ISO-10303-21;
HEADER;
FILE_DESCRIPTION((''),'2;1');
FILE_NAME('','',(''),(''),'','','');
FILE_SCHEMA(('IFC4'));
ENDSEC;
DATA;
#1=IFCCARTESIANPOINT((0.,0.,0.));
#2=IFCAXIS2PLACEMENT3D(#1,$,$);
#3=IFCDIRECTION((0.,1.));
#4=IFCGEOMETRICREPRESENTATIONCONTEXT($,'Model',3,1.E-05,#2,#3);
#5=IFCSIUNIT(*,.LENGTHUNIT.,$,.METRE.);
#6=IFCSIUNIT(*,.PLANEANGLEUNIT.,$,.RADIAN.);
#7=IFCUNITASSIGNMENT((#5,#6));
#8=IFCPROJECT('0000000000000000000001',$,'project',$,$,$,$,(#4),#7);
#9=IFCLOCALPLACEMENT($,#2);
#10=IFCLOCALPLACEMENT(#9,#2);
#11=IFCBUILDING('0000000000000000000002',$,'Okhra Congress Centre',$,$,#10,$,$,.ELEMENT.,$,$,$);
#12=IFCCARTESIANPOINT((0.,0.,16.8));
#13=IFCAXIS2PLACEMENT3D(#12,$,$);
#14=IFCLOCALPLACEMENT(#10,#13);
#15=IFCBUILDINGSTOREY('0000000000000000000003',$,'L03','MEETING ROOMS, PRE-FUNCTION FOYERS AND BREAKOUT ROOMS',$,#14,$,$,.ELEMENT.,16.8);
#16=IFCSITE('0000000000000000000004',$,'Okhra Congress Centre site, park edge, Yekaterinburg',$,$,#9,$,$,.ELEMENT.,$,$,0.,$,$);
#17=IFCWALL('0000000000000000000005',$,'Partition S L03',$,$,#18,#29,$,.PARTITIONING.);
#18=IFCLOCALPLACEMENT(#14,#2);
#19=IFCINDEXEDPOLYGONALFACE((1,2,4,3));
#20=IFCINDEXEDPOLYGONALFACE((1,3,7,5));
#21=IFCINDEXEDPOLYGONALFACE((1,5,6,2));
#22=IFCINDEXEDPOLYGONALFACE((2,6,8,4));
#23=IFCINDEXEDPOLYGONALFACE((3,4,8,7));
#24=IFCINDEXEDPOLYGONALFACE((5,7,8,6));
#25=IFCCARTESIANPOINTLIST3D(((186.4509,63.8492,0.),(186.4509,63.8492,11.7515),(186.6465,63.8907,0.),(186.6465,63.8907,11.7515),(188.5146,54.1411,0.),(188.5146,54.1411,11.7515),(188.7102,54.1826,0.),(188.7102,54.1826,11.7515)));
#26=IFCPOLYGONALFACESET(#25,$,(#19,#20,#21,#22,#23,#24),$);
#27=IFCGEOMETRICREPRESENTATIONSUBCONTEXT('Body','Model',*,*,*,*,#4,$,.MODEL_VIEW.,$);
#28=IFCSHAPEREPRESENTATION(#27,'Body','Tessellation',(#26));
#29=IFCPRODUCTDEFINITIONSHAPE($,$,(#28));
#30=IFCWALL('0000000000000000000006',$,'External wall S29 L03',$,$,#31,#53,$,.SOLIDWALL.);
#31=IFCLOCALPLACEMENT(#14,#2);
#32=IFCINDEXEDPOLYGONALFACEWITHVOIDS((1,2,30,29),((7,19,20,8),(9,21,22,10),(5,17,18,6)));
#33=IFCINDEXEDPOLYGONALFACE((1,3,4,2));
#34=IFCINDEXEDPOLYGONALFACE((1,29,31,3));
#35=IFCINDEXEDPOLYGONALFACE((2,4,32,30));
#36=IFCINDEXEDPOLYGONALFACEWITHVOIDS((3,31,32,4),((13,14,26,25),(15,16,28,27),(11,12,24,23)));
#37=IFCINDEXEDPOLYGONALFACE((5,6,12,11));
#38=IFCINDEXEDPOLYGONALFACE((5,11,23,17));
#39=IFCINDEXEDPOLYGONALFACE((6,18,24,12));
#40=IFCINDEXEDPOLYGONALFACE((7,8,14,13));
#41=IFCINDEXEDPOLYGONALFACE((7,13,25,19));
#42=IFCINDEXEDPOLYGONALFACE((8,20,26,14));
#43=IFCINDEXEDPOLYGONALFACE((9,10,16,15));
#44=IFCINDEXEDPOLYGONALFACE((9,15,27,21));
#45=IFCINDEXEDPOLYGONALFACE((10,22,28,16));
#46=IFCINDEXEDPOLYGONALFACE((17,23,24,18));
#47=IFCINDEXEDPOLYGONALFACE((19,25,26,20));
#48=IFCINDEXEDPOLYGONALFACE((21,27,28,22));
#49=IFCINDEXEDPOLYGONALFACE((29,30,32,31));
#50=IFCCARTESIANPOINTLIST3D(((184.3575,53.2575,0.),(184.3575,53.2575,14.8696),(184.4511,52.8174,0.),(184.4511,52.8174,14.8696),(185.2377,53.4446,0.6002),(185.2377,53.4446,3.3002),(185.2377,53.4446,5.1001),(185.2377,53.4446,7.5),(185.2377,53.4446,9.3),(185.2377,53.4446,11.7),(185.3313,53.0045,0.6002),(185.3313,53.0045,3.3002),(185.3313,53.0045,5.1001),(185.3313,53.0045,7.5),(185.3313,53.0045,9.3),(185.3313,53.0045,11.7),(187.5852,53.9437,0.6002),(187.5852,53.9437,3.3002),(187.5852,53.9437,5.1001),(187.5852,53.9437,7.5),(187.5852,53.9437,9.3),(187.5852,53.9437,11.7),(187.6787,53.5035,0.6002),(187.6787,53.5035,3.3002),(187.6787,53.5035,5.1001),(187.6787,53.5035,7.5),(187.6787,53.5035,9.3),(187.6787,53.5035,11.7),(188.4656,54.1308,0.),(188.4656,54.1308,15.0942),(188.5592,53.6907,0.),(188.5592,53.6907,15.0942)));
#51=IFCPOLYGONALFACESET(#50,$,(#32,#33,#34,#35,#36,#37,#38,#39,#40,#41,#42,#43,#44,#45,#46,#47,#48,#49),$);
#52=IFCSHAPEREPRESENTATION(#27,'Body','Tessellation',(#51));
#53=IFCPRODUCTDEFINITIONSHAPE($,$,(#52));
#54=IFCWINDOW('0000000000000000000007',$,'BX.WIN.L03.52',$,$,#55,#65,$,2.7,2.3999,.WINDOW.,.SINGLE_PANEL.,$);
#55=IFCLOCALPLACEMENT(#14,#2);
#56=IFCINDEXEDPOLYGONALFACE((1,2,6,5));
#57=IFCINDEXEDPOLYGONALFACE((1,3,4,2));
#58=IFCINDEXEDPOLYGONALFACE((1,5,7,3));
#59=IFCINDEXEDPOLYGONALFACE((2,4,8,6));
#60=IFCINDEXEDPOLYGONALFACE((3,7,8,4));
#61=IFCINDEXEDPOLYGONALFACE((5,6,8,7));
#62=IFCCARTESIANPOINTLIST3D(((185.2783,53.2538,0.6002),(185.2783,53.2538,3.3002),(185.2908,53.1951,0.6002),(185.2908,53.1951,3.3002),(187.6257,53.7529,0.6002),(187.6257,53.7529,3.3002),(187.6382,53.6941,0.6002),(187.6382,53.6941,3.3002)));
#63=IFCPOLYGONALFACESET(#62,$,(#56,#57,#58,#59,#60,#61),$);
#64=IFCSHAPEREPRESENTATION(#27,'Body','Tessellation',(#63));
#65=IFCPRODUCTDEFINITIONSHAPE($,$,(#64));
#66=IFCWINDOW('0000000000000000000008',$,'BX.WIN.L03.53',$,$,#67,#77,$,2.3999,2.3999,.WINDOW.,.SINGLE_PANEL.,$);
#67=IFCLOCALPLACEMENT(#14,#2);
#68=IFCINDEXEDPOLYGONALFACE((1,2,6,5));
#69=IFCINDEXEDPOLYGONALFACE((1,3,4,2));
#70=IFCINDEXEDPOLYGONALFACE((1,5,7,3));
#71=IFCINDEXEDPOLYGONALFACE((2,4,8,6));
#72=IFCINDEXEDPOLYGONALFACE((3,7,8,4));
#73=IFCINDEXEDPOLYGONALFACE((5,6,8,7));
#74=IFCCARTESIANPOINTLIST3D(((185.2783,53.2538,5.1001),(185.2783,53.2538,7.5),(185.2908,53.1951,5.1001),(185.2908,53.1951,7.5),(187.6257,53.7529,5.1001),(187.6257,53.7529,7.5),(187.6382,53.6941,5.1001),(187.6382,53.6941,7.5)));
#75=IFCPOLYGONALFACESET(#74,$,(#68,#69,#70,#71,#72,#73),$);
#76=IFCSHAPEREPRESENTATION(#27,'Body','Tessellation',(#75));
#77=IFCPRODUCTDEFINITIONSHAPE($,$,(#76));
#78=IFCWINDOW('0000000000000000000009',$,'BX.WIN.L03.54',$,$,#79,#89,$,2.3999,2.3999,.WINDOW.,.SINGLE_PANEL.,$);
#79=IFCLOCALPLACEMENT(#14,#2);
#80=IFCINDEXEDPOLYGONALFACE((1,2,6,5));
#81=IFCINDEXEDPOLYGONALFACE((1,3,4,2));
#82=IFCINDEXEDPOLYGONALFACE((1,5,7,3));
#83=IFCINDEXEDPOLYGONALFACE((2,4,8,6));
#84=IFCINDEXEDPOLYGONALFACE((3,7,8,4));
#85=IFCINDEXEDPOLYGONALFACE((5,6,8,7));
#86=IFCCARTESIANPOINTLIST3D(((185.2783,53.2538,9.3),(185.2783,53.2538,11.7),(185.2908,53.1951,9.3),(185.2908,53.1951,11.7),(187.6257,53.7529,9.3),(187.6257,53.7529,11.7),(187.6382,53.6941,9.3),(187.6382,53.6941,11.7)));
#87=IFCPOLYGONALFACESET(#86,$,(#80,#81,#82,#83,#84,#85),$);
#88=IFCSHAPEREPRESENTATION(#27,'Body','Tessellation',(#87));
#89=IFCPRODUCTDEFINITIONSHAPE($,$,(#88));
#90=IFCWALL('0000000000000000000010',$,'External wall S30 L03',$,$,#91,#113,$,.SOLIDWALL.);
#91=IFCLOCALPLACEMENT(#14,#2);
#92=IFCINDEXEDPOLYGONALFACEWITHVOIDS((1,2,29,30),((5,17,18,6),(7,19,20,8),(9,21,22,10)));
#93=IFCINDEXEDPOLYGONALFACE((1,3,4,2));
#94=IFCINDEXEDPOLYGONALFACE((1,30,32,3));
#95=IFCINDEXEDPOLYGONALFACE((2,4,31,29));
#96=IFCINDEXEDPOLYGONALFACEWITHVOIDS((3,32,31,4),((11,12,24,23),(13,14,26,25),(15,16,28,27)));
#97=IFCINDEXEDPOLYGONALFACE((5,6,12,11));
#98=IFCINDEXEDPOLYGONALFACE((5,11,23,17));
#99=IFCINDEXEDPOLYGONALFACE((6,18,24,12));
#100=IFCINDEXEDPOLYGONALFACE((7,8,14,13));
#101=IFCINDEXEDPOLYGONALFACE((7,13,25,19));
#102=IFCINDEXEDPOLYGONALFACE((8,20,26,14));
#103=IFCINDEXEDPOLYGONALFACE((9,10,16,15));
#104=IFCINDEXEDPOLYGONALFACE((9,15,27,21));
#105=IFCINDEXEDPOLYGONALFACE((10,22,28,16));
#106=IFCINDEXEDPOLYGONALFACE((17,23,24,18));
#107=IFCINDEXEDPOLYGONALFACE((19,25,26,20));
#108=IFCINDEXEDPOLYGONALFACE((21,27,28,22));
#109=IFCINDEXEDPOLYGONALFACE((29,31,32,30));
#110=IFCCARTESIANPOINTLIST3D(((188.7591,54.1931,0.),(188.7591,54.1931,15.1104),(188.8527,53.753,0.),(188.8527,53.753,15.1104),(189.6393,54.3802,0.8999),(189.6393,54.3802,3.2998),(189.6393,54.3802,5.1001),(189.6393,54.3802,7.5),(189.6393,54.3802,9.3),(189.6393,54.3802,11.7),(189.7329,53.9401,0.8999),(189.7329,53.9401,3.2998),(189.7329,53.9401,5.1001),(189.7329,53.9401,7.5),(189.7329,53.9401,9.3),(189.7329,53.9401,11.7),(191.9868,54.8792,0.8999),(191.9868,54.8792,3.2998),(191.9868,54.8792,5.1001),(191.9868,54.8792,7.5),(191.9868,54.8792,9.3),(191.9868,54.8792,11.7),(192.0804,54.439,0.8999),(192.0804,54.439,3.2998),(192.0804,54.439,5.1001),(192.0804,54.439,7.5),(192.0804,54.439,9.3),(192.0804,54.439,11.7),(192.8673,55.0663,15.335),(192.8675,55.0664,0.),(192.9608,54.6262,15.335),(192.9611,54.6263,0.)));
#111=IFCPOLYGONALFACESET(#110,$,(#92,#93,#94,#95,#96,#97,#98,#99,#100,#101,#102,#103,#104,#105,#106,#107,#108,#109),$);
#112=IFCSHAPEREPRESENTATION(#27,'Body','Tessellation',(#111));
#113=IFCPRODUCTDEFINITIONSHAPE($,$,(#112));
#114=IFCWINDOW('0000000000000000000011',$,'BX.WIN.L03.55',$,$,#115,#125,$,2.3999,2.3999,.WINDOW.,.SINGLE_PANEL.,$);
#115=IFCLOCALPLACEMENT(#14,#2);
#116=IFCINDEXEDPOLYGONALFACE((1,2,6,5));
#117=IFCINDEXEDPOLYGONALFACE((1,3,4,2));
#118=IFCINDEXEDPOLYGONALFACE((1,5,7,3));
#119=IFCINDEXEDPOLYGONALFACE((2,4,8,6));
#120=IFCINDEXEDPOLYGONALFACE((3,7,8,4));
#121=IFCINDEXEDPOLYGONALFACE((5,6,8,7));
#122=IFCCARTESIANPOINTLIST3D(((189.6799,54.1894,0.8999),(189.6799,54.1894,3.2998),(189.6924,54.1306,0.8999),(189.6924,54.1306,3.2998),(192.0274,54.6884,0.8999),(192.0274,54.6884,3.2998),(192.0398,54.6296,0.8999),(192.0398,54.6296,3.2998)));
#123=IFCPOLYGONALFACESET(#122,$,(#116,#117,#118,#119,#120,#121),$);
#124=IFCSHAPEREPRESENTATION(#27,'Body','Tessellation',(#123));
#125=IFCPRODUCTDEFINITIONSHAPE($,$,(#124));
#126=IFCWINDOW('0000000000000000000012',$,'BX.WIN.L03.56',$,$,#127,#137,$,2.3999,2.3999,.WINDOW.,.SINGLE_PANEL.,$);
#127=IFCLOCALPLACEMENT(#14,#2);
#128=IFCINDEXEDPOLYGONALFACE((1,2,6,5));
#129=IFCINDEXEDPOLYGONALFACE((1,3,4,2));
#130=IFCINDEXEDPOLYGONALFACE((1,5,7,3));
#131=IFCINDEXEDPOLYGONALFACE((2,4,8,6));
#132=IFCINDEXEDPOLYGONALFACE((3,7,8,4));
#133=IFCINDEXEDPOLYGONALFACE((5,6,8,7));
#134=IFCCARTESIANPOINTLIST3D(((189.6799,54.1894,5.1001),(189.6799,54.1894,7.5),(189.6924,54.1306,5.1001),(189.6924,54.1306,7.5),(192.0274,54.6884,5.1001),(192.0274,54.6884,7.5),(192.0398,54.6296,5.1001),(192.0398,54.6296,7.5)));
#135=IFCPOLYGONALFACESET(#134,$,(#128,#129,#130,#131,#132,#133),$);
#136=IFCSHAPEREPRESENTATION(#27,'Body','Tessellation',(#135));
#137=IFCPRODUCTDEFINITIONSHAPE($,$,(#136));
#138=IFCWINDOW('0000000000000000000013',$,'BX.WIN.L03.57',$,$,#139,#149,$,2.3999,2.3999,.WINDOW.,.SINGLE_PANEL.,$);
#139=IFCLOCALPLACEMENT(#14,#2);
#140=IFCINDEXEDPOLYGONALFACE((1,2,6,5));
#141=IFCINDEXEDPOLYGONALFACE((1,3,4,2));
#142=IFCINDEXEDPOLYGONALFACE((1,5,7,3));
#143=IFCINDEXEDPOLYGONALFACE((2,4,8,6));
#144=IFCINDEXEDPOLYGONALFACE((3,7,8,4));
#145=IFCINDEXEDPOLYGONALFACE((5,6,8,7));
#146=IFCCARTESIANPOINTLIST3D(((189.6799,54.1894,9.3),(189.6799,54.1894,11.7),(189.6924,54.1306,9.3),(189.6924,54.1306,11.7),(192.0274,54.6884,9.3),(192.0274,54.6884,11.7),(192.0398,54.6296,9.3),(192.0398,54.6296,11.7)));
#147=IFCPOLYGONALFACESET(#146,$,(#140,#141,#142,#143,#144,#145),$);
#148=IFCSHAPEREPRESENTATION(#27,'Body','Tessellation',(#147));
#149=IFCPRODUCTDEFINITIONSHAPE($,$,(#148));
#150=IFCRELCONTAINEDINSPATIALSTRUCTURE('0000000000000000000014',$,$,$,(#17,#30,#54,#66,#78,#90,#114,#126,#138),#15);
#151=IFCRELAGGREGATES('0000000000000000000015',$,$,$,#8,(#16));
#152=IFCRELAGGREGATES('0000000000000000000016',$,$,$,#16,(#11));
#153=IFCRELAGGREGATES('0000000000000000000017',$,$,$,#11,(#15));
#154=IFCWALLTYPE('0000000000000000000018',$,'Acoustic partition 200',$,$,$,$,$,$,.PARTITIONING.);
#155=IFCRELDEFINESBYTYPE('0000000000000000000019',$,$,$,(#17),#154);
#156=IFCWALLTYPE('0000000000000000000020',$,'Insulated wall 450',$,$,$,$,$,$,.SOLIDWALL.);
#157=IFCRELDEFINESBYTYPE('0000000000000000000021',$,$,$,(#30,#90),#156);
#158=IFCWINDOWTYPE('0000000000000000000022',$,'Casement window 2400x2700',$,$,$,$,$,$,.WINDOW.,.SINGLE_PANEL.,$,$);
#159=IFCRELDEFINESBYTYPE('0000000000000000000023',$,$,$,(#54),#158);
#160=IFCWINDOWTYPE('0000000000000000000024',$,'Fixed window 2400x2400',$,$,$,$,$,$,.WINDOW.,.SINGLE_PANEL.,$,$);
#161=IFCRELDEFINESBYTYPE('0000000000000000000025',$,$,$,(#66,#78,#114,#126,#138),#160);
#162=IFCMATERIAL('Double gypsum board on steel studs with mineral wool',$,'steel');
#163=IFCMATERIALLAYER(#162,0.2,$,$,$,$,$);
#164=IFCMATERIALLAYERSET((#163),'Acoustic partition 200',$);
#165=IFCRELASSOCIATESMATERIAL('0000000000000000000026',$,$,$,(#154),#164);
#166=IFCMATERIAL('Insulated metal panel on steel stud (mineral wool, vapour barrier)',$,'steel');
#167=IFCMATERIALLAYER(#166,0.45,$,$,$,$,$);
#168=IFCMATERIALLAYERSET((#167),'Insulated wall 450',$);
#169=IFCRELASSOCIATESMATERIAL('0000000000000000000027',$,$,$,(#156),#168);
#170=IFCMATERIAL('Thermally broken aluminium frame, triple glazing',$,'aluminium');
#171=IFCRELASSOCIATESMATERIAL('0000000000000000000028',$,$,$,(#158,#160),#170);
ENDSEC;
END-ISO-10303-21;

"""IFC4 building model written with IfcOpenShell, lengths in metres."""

from ifc_helpers import new_model, si_unit, direction, frame, frame_2d, origin, place, context, subcontext, project, spatial, polyline, rectangle, outline, extrude, material, layer, layer_set, type_object, element, fill, save


model = new_model("IFC4")

# Units and contexts
model_context = context("Model", 3, precision=1e-05, world=origin(), true_north=direction((0.0, 1.0)))
body_context = subcontext(model_context, "Body", "Model", "MODEL_VIEW")
ifc_project = project(units=[si_unit("LENGTHUNIT", "METRE"), si_unit("PLANEANGLEUNIT", "RADIAN")], contexts=[model_context])

# Site, building, storey
site_placement = place(None, origin())
site = spatial("IfcSite", under=ifc_project, at=site_placement, Name="Okhra Congress Centre site, park edge, Yekaterinburg", CompositionType="ELEMENT", RefElevation=0.0)
building_placement = place(site_placement, origin())
building = spatial("IfcBuilding", under=site, at=building_placement, Name="Okhra Congress Centre", CompositionType="ELEMENT")
storey_placement = place(building_placement, frame((0.0, 0.0, 16.8)))
storey = spatial("IfcBuildingStorey", under=building, at=storey_placement, Name="L03", Description="MEETING ROOMS, PRE-FUNCTION FOYERS AND BREAKOUT ROOMS", CompositionType="ELEMENT", Elevation=16.8)

# Wall
ifc_material_1 = material(Name="Double gypsum board on steel studs with mineral wool", Category="steel")
ifc_layer_1 = layer(ifc_material_1, 0.2)
ifc_layer_set_1 = layer_set([ifc_layer_1], Name="Acoustic partition 200")
wall_type_1 = type_object("IfcWallType", Name="Acoustic partition 200", PredefinedType="PARTITIONING", material=ifc_layer_set_1)
wall_1_placement = place(storey_placement, frame((188.6125, 54.1619, 0.0), z_axis=(0.0, 0.0, 1.0), x_axis=(-0.207933, 0.978143, 0.0)))
element("IfcWall", 1, at=wall_1_placement, inside=storey, type_object=wall_type_1, Name="Partition S L03", PredefinedType="PARTITIONING", context=body_context, shape_type="SweptSolid", body=[
    extrude(outline(polyline([(0.0, 0.0), (9.925, 0.0), (9.925, 11.7515), (0.0, 11.7515), (0.0, 0.0)])), frame((0.0, 0.1001, 0.0), z_axis=(0.0, -1.0, 0.0), x_axis=(1.0, 0.0, 0.0)), (0.0, 0.0, 1.0), 0.2),
])

# Walls, openings, windows
ifc_material_2 = material(Name="Insulated metal panel on steel stud (mineral wool, vapour barrier)", Category="steel")
ifc_layer_2 = layer(ifc_material_2, 0.45)
ifc_layer_set_2 = layer_set([ifc_layer_2], Name="Insulated wall 450")
wall_type_2 = type_object("IfcWallType", Name="Insulated wall 450", PredefinedType="SOLIDWALL", material=ifc_layer_set_2)
wall_2_placement = place(storey_placement, frame((184.4043, 53.0374, 0.0), z_axis=(0.0, 0.0, 1.0), x_axis=(0.978144, 0.207929, 0.0)))
wall_2 = element("IfcWall", 2, at=wall_2_placement, inside=storey, type_object=wall_type_2, Name="External wall S29 L03", PredefinedType="SOLIDWALL", context=body_context, shape_type="SweptSolid", body=[
    extrude(outline(polyline([(0.0, 0.0), (4.2, 0.0), (4.2, 15.0942), (0.0, 14.8696), (0.0, 0.0)])), frame((0.0, 0.2251, 0.0), z_axis=(0.0, -1.0, 0.0), x_axis=(1.0, 0.0, 0.0)), (0.0, 0.0, 1.0), 0.45),
])
opening_1_placement = place(wall_2_placement, frame((0.8999, 0.0, 0.6001)))
opening_1 = element("IfcOpeningElement", 3, at=opening_1_placement, cuts=wall_2, PredefinedType="OPENING", context=body_context, shape_type="SweptSolid", body=[
    extrude(rectangle(XDim=2.3999, YDim=2.7, at=frame_2d((1.2, 1.3501))), frame((0.0, 0.2349, 0.0), z_axis=(0.0, -1.0, 0.0), x_axis=(1.0, 0.0, 0.0)), (0.0, 0.0, 1.0), 0.47),
])
opening_2_placement = place(wall_2_placement, frame((0.8999, 0.0, 5.1001)))
opening_2 = element("IfcOpeningElement", 4, at=opening_2_placement, cuts=wall_2, PredefinedType="OPENING", context=body_context, shape_type="SweptSolid", body=[
    extrude(rectangle(XDim=2.3999, YDim=2.3999, at=frame_2d((1.2, 1.2))), frame((0.0, 0.2349, 0.0), z_axis=(0.0, -1.0, 0.0), x_axis=(1.0, 0.0, 0.0)), (0.0, 0.0, 1.0), 0.47),
])
opening_3_placement = place(wall_2_placement, frame((0.8999, 0.0, 9.3)))
opening_3 = element("IfcOpeningElement", 5, at=opening_3_placement, cuts=wall_2, PredefinedType="OPENING", context=body_context, shape_type="SweptSolid", body=[
    extrude(rectangle(XDim=2.3999, YDim=2.3999, at=frame_2d((1.2, 1.2))), frame((0.0, 0.2349, 0.0), z_axis=(0.0, -1.0, 0.0), x_axis=(1.0, 0.0, 0.0)), (0.0, 0.0, 1.0), 0.47),
])
ifc_material_3 = material(Name="Thermally broken aluminium frame, triple glazing", Category="aluminium")
window_type_1 = type_object("IfcWindowType", Name="Casement window 2400x2700", PartitioningType="SINGLE_PANEL", PredefinedType="WINDOW", material=ifc_material_3)
window_1_placement = place(opening_1_placement, origin())
window_1 = element("IfcWindow", 6, at=window_1_placement, inside=storey, type_object=window_type_1, Name="BX.WIN.L03.52", OverallHeight=2.7, OverallWidth=2.3999, PartitioningType="SINGLE_PANEL", PredefinedType="WINDOW", context=body_context, shape_type="SweptSolid", body=[
    extrude(rectangle(XDim=2.3999, YDim=2.7, at=frame_2d((1.2, 1.3501))), frame((0.0, 0.03, 0.0), z_axis=(0.0, -1.0, 0.0), x_axis=(1.0, 0.0, 0.0)), (0.0, 0.0, 1.0), 0.0601),
])
fill(opening_1, window_1)
window_type_2 = type_object("IfcWindowType", Name="Fixed window 2400x2400", PartitioningType="SINGLE_PANEL", PredefinedType="WINDOW", material=ifc_material_3)
window_2_placement = place(opening_2_placement, origin())
window_2 = element("IfcWindow", 7, at=window_2_placement, inside=storey, type_object=window_type_2, Name="BX.WIN.L03.53", OverallHeight=2.3999, OverallWidth=2.3999, PartitioningType="SINGLE_PANEL", PredefinedType="WINDOW", context=body_context, shape_type="SweptSolid", body=[
    extrude(rectangle(XDim=2.3999, YDim=2.3999, at=frame_2d((1.2, 1.2))), frame((0.0, 0.03, 0.0), z_axis=(0.0, -1.0, 0.0), x_axis=(1.0, 0.0, 0.0)), (0.0, 0.0, 1.0), 0.0601),
])
fill(opening_2, window_2)
window_3_placement = place(opening_3_placement, origin())
window_3 = element("IfcWindow", 8, at=window_3_placement, inside=storey, type_object=window_type_2, Name="BX.WIN.L03.54", OverallHeight=2.3999, OverallWidth=2.3999, PartitioningType="SINGLE_PANEL", PredefinedType="WINDOW", context=body_context, shape_type="SweptSolid", body=[
    extrude(rectangle(XDim=2.3999, YDim=2.3999, at=frame_2d((1.2, 1.2))), frame((0.0, 0.03, 0.0), z_axis=(0.0, -1.0, 0.0), x_axis=(1.0, 0.0, 0.0)), (0.0, 0.0, 1.0), 0.0601),
])
fill(opening_3, window_3)
wall_3_placement = place(storey_placement, frame((188.8059, 53.9729, 0.0), z_axis=(0.0, 0.0, 1.0), x_axis=(0.978146, 0.207917, 0.0)))
wall_3 = element("IfcWall", 9, at=wall_3_placement, inside=storey, type_object=wall_type_2, Name="External wall S30 L03", PredefinedType="SOLIDWALL", context=body_context, shape_type="SweptSolid", body=[
    extrude(outline(polyline([(0.0, 0.0), (4.2002, 0.0), (4.2, 15.335), (0.0, 15.1104), (0.0, 0.0)])), frame((0.0, 0.2251, 0.0), z_axis=(0.0, -1.0, 0.0), x_axis=(1.0, 0.0, 0.0)), (0.0, 0.0, 1.0), 0.45),
])
opening_4_placement = place(wall_3_placement, frame((0.8999, 0.0, 0.8999)))
opening_4 = element("IfcOpeningElement", 10, at=opening_4_placement, cuts=wall_3, PredefinedType="OPENING", context=body_context, shape_type="SweptSolid", body=[
    extrude(rectangle(XDim=2.3999, YDim=2.3999, at=frame_2d((1.2, 1.2))), frame((0.0, 0.2349, 0.0), z_axis=(0.0, -1.0, 0.0), x_axis=(1.0, 0.0, 0.0)), (0.0, 0.0, 1.0), 0.47),
])
opening_5_placement = place(wall_3_placement, frame((0.8999, 0.0, 5.1001)))
opening_5 = element("IfcOpeningElement", 11, at=opening_5_placement, cuts=wall_3, PredefinedType="OPENING", context=body_context, shape_type="SweptSolid", body=[
    extrude(rectangle(XDim=2.3999, YDim=2.3999, at=frame_2d((1.2, 1.2))), frame((0.0, 0.2349, 0.0), z_axis=(0.0, -1.0, 0.0), x_axis=(1.0, 0.0, 0.0)), (0.0, 0.0, 1.0), 0.47),
])
opening_6_placement = place(wall_3_placement, frame((0.8999, 0.0, 9.3)))
opening_6 = element("IfcOpeningElement", 12, at=opening_6_placement, cuts=wall_3, PredefinedType="OPENING", context=body_context, shape_type="SweptSolid", body=[
    extrude(rectangle(XDim=2.3999, YDim=2.3999, at=frame_2d((1.2, 1.2))), frame((0.0, 0.2349, 0.0), z_axis=(0.0, -1.0, 0.0), x_axis=(1.0, 0.0, 0.0)), (0.0, 0.0, 1.0), 0.47),
])
window_4_placement = place(opening_4_placement, origin())
window_4 = element("IfcWindow", 13, at=window_4_placement, inside=storey, type_object=window_type_2, Name="BX.WIN.L03.55", OverallHeight=2.3999, OverallWidth=2.3999, PartitioningType="SINGLE_PANEL", PredefinedType="WINDOW", context=body_context, shape_type="SweptSolid", body=[
    extrude(rectangle(XDim=2.3999, YDim=2.3999, at=frame_2d((1.2, 1.2))), frame((0.0, 0.03, 0.0), z_axis=(0.0, -1.0, 0.0), x_axis=(1.0, 0.0, 0.0)), (0.0, 0.0, 1.0), 0.0601),
])
fill(opening_4, window_4)
window_5_placement = place(opening_5_placement, origin())
window_5 = element("IfcWindow", 14, at=window_5_placement, inside=storey, type_object=window_type_2, Name="BX.WIN.L03.56", OverallHeight=2.3999, OverallWidth=2.3999, PartitioningType="SINGLE_PANEL", PredefinedType="WINDOW", context=body_context, shape_type="SweptSolid", body=[
    extrude(rectangle(XDim=2.3999, YDim=2.3999, at=frame_2d((1.2, 1.2))), frame((0.0, 0.03, 0.0), z_axis=(0.0, -1.0, 0.0), x_axis=(1.0, 0.0, 0.0)), (0.0, 0.0, 1.0), 0.0601),
])
fill(opening_5, window_5)
window_6_placement = place(opening_6_placement, origin())
window_6 = element("IfcWindow", 15, at=window_6_placement, inside=storey, type_object=window_type_2, Name="BX.WIN.L03.57", OverallHeight=2.3999, OverallWidth=2.3999, PartitioningType="SINGLE_PANEL", PredefinedType="WINDOW", context=body_context, shape_type="SweptSolid", body=[
    extrude(rectangle(XDim=2.3999, YDim=2.3999, at=frame_2d((1.2, 1.2))), frame((0.0, 0.03, 0.0), z_axis=(0.0, -1.0, 0.0), x_axis=(1.0, 0.0, 0.0)), (0.0, 0.0, 1.0), 0.0601),
])
fill(opening_6, window_6)

save(model, "model.ifc")
